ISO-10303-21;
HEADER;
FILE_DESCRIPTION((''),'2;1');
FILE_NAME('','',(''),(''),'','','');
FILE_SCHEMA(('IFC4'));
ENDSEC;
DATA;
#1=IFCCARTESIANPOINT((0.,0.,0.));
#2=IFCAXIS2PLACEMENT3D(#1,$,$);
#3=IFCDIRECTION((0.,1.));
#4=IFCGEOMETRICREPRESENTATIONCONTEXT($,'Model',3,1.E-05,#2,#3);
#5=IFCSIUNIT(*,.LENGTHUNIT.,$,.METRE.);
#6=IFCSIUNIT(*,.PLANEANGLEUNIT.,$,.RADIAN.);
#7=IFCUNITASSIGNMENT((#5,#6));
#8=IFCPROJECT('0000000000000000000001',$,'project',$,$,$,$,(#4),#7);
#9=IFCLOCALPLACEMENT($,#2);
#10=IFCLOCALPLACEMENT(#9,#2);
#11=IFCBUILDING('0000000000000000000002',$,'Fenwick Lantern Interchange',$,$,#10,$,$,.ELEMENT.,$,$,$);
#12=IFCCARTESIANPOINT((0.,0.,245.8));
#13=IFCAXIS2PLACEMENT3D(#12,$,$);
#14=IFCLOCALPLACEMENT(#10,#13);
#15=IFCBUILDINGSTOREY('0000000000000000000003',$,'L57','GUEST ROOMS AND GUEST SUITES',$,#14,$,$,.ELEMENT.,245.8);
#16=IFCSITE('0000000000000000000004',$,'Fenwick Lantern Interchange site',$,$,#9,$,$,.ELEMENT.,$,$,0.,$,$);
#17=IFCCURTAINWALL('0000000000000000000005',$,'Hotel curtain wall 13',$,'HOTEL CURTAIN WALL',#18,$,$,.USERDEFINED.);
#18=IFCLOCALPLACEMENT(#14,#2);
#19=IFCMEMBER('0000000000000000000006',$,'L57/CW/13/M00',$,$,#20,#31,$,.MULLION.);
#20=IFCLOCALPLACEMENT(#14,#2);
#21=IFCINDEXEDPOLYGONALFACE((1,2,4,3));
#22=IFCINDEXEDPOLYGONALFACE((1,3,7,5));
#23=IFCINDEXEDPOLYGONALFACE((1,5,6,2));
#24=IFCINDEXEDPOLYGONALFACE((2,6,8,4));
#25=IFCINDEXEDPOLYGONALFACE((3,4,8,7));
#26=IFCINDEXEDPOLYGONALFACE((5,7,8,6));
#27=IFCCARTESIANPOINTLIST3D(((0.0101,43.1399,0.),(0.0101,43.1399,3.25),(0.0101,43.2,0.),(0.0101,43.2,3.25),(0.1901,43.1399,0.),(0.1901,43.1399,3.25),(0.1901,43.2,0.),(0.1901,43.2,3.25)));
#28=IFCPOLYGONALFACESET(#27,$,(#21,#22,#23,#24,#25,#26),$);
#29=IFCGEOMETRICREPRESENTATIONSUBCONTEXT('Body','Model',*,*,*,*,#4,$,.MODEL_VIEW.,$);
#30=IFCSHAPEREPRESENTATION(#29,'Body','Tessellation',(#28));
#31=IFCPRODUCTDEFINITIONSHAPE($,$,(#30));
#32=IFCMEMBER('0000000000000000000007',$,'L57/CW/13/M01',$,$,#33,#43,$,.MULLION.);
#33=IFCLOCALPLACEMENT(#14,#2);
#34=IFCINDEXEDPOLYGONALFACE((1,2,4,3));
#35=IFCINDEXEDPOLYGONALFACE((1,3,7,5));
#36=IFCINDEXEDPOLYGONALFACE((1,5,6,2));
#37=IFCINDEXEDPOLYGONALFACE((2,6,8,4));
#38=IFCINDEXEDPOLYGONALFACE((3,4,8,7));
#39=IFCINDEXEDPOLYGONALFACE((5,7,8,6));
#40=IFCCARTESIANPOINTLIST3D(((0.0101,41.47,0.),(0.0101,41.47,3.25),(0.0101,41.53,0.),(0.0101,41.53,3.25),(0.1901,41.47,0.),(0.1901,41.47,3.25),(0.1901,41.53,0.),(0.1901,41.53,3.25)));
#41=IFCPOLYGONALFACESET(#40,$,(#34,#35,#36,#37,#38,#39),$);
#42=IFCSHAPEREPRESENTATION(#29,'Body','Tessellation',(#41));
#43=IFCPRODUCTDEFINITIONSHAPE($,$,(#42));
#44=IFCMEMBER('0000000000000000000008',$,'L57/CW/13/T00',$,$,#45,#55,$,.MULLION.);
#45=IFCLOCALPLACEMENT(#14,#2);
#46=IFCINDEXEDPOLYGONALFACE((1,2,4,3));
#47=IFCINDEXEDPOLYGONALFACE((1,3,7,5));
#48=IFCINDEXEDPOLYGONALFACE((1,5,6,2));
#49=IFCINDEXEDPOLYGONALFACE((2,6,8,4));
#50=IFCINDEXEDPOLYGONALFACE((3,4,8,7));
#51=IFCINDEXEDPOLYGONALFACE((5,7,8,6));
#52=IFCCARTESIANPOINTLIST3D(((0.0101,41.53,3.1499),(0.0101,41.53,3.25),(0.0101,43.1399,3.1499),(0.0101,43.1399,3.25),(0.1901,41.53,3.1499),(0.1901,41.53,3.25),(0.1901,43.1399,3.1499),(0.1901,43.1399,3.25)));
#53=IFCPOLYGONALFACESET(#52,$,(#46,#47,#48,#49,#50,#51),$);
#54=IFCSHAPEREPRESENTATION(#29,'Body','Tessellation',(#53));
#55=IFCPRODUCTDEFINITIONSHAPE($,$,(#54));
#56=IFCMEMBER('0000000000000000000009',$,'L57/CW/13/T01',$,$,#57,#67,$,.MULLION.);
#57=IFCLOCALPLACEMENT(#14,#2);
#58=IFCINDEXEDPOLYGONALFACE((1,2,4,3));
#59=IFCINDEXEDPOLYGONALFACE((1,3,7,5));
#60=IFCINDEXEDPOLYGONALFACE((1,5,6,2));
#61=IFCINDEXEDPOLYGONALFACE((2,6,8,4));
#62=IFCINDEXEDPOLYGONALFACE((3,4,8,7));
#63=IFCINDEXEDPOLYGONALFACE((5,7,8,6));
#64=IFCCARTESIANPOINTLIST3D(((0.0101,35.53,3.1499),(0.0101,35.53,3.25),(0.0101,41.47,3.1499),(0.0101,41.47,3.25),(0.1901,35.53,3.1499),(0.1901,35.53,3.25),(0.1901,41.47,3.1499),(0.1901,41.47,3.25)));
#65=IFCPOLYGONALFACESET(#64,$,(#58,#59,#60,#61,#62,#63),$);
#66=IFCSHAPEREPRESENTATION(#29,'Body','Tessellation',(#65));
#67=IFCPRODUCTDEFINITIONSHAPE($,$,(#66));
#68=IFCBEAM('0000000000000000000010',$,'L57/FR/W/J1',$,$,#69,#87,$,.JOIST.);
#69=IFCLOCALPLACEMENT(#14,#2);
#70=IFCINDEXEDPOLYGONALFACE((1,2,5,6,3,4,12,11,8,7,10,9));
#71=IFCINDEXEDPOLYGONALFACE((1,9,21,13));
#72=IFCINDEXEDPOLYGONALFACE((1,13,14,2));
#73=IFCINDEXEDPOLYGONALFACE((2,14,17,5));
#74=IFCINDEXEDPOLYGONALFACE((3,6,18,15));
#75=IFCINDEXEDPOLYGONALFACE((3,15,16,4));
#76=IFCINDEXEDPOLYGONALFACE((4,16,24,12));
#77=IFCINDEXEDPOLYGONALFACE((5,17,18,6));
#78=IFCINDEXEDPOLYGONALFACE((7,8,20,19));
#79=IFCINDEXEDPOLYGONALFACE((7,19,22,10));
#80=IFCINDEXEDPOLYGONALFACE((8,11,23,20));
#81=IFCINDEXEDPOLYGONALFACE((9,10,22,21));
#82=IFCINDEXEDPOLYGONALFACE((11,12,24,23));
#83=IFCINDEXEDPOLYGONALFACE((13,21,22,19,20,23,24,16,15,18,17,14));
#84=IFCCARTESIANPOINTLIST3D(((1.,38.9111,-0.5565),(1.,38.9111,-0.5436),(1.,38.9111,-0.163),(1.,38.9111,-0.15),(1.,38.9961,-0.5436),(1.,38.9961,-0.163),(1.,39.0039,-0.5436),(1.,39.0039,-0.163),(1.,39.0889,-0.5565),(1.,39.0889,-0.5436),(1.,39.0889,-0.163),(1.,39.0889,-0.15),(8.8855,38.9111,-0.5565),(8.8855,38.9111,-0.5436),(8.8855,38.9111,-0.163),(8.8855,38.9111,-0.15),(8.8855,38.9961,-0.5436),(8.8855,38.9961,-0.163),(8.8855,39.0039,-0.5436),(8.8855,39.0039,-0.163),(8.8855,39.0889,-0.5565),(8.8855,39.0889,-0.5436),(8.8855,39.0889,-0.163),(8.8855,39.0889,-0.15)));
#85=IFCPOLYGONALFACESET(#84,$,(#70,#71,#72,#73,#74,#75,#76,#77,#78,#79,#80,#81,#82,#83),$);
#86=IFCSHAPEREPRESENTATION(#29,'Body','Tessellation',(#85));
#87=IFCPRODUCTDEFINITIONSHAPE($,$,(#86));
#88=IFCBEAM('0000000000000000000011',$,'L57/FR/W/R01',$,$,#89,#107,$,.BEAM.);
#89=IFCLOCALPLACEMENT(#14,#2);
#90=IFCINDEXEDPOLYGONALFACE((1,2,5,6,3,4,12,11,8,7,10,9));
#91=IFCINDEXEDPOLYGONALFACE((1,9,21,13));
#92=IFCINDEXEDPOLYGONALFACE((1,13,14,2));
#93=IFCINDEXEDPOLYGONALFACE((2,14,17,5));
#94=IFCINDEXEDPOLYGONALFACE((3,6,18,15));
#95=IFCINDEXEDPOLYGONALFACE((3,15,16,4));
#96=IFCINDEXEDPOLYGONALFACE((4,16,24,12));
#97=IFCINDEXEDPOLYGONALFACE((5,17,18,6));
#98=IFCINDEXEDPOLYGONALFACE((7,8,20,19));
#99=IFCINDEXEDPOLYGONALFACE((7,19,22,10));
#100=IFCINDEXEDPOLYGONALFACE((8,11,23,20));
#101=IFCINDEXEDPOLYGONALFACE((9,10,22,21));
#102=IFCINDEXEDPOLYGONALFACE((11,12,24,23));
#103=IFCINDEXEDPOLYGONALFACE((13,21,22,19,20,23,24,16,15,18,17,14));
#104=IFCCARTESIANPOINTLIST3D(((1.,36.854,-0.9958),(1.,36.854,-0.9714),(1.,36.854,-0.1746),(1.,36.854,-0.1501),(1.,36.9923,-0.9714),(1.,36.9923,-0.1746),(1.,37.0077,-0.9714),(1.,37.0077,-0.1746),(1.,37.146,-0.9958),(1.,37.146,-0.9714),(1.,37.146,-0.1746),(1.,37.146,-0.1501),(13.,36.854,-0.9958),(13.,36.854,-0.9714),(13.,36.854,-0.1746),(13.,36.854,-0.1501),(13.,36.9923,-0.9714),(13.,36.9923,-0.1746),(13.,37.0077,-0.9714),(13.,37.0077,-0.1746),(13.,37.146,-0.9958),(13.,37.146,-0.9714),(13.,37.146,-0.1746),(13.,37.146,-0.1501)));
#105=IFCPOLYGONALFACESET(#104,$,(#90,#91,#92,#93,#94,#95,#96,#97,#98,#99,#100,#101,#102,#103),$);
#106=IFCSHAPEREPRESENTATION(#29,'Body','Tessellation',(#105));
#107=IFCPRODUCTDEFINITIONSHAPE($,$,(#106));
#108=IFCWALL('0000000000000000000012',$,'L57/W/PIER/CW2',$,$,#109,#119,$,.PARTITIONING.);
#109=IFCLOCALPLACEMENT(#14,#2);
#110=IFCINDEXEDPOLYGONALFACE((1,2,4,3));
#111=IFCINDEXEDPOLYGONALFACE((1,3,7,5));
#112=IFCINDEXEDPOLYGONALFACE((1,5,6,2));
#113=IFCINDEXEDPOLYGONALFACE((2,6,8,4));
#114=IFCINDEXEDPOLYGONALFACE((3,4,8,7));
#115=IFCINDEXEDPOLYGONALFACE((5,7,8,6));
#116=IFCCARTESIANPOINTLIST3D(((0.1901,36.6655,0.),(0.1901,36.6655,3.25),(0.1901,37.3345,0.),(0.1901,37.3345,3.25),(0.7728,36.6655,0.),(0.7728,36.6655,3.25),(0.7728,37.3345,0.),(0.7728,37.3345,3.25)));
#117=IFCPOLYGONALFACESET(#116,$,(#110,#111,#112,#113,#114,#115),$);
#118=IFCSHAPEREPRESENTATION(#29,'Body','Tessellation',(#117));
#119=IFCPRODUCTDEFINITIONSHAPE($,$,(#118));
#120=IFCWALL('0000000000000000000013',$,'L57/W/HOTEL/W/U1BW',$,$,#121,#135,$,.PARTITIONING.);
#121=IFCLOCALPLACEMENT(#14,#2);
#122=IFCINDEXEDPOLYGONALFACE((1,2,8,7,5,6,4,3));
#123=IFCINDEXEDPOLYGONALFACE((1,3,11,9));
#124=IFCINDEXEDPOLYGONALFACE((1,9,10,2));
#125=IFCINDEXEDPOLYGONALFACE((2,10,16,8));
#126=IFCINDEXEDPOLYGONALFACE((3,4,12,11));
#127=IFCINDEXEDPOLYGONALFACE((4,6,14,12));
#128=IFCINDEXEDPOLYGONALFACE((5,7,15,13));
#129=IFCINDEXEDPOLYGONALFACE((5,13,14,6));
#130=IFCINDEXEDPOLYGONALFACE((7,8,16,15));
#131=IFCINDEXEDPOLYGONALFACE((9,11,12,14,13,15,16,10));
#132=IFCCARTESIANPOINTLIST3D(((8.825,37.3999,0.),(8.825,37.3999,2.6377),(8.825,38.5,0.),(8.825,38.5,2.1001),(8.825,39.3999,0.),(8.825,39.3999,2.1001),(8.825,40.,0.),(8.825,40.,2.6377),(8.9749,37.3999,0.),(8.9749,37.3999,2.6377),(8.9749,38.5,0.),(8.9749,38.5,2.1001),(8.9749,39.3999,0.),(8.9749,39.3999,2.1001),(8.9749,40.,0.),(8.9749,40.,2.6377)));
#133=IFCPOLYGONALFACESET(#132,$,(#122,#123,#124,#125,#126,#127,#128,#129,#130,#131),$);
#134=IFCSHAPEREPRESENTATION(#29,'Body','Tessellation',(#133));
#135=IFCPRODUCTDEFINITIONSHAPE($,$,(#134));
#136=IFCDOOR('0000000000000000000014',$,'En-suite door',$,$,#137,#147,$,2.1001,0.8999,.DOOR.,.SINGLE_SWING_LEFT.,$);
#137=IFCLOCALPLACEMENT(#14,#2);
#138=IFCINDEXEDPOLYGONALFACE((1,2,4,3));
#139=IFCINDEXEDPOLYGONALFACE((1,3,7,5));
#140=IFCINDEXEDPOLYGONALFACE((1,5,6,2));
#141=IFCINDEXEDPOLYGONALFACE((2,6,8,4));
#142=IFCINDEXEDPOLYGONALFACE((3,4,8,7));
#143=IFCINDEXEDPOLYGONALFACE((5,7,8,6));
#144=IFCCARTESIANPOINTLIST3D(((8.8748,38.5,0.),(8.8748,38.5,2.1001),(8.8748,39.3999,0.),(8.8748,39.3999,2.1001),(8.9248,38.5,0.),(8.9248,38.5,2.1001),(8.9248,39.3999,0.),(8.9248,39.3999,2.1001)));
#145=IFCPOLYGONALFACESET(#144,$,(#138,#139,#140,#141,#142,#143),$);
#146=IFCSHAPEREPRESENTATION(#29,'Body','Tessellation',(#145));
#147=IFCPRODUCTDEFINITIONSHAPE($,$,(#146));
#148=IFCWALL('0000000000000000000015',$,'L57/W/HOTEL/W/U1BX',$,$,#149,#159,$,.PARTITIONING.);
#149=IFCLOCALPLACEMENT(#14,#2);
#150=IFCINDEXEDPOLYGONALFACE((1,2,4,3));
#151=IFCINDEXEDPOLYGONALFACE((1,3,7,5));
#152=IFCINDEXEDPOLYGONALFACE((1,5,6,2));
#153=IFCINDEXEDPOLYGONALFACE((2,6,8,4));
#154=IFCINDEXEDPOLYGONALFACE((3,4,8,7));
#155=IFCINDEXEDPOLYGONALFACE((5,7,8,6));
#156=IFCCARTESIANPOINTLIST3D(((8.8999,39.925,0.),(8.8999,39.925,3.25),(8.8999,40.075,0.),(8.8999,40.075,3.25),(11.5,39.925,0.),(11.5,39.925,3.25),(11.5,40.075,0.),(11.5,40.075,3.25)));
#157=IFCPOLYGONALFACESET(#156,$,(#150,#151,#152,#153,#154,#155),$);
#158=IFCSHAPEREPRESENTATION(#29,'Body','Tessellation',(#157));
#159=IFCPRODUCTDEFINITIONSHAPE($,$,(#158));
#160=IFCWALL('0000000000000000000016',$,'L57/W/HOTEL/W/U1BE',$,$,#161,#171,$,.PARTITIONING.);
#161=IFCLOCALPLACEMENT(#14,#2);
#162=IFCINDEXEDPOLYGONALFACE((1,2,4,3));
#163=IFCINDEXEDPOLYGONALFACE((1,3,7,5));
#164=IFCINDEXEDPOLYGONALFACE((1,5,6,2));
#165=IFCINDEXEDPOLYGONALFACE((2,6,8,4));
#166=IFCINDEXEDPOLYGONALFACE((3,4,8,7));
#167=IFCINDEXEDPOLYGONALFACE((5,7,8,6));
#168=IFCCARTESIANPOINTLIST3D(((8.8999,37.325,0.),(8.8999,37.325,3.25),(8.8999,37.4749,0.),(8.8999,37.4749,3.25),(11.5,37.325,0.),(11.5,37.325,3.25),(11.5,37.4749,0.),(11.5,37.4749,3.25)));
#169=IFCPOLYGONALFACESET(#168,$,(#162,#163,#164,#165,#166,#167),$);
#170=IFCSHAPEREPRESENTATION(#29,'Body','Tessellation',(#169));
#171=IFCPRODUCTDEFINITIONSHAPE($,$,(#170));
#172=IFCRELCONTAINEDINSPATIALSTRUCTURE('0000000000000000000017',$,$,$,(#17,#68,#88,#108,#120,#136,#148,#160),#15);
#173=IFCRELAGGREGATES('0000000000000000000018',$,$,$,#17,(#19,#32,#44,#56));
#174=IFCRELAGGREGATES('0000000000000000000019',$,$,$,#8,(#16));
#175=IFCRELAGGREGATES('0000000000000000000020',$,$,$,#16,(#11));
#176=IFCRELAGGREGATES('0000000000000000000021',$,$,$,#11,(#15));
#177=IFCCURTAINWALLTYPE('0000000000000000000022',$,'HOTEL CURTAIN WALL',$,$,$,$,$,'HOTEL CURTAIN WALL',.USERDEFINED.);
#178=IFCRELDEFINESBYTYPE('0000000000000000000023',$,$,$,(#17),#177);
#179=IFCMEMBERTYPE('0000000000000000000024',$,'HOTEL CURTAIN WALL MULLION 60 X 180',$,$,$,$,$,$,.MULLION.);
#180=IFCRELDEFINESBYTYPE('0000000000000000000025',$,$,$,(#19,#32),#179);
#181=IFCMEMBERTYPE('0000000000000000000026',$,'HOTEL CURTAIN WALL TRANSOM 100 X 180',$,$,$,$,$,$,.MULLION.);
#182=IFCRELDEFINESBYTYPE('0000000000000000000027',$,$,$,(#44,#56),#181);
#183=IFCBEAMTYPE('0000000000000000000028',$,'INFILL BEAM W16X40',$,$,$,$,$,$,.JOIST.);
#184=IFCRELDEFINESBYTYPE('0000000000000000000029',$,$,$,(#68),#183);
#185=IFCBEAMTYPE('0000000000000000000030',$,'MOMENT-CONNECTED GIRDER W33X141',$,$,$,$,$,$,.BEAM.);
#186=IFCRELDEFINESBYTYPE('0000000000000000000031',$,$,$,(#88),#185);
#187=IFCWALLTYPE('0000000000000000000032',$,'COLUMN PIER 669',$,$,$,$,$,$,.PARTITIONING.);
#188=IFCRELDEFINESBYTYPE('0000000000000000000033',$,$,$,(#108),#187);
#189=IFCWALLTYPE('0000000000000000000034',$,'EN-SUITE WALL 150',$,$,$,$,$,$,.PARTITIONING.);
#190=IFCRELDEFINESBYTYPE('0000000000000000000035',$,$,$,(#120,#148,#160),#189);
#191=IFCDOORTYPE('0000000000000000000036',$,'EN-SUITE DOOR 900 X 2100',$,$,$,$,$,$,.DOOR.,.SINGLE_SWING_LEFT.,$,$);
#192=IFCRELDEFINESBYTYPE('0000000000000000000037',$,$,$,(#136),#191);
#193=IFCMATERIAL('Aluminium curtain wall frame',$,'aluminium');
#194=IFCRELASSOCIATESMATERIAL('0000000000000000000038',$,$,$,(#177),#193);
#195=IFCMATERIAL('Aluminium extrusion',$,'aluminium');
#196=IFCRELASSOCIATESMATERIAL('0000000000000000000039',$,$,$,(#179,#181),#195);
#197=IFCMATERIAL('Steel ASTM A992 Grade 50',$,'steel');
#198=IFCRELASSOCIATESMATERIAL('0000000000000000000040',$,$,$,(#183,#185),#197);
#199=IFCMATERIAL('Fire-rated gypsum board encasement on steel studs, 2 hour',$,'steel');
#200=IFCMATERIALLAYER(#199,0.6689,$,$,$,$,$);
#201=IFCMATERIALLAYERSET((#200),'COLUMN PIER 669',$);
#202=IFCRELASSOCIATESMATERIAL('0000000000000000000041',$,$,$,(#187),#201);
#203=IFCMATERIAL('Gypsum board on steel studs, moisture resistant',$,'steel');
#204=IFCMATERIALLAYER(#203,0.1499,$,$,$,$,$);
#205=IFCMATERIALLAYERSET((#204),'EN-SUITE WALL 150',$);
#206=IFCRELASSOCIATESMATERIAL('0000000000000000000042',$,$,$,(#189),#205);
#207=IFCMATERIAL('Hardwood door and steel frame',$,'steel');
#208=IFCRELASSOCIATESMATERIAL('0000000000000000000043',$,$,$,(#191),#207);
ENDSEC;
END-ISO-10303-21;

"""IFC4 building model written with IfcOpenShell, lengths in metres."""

from ifc_helpers import new_model, si_unit, direction, frame, frame_2d, origin, origin_2d, place, context, subcontext, project, spatial, rectangle, i_section, extrude, material, layer, layer_set, material_profile, profile_set, type_object, element, fill, aggregate, save


model = new_model("IFC4")

# Units and contexts
model_context = context("Model", 3, precision=1e-05, world=origin(), true_north=direction((0.0, 1.0)))
body_context = subcontext(model_context, "Body", "Model", "MODEL_VIEW")
ifc_project = project(units=[si_unit("LENGTHUNIT", "METRE"), si_unit("PLANEANGLEUNIT", "RADIAN")], contexts=[model_context])

# Site, building, storey
site_placement = place(None, origin())
site = spatial("IfcSite", under=ifc_project, at=site_placement, Name="Fenwick Lantern Interchange site", CompositionType="ELEMENT", RefElevation=0.0)
building_placement = place(site_placement, origin())
building = spatial("IfcBuilding", under=site, at=building_placement, Name="Fenwick Lantern Interchange", CompositionType="ELEMENT")
storey_placement = place(building_placement, frame((0.0, 0.0, 245.8)))
storey = spatial("IfcBuildingStorey", under=building, at=storey_placement, Name="L57", Description="GUEST ROOMS AND GUEST SUITES", CompositionType="ELEMENT", Elevation=245.8)

# Shared definitions
ifc_material_1 = material(Name="Steel ASTM A992 Grade 50", Category="steel")

# Curtain wall, members
ifc_material_2 = material(Name="Aluminium curtain wall frame", Category="aluminium")
curtain_wall_type = type_object("IfcCurtainWallType", Name="HOTEL CURTAIN WALL", ElementType="HOTEL CURTAIN WALL", PredefinedType="USERDEFINED", material=ifc_material_2)
curtain_wall_placement = place(storey_placement, origin())
curtain_wall = element("IfcCurtainWall", 1, at=curtain_wall_placement, inside=storey, type_object=curtain_wall_type, Name="Hotel curtain wall 13", ObjectType="HOTEL CURTAIN WALL", PredefinedType="USERDEFINED")
ifc_material_3 = material(Name="Aluminium extrusion", Category="aluminium")
ifc_material_profile_1 = material_profile(ifc_material_3, rectangle(XDim=0.1799, YDim=0.0601, at=origin_2d()), Name="HOTEL CURTAIN WALL MULLION 60 X 180")
ifc_profile_set_1 = profile_set([ifc_material_profile_1], Name="Aluminium extrusion")
member_type_1 = type_object("IfcMemberType", Name="HOTEL CURTAIN WALL MULLION 60 X 180", PredefinedType="MULLION", material=ifc_profile_set_1)
member_1_placement = place(storey_placement, frame((0.1001, 43.1699, 0.0), z_axis=(0.0, 0.0, 1.0), x_axis=(1.0, 0.0, 0.0)))
member_1 = element("IfcMember", 2, at=member_1_placement, type_object=member_type_1, Name="L57/CW/13/M00", PredefinedType="MULLION", context=body_context, shape_type="SweptSolid", body=[
    extrude(rectangle(XDim=0.1799, YDim=0.0601, at=origin_2d()), origin(), (0.0, 0.0, 1.0), 3.25),
])
member_2_placement = place(storey_placement, frame((0.1001, 41.5, 0.0), z_axis=(0.0, 0.0, 1.0), x_axis=(1.0, 0.0, 0.0)))
member_2 = element("IfcMember", 3, at=member_2_placement, type_object=member_type_1, Name="L57/CW/13/M01", PredefinedType="MULLION", context=body_context, shape_type="SweptSolid", body=[
    extrude(rectangle(XDim=0.1799, YDim=0.0601, at=origin_2d()), origin(), (0.0, 0.0, 1.0), 3.25),
])
ifc_material_profile_2 = material_profile(ifc_material_3, rectangle(XDim=0.1799, YDim=0.1001, at=origin_2d()), Name="HOTEL CURTAIN WALL TRANSOM 100 X 180")
ifc_profile_set_2 = profile_set([ifc_material_profile_2], Name="Aluminium extrusion")
member_type_2 = type_object("IfcMemberType", Name="HOTEL CURTAIN WALL TRANSOM 100 X 180", PredefinedType="MULLION", material=ifc_profile_set_2)
member_3_placement = place(storey_placement, frame((0.1001, 43.1399, 3.2), z_axis=(0.0, -1.0, 0.0), x_axis=(1.0, 0.0, 0.0)))
member_3 = element("IfcMember", 4, at=member_3_placement, type_object=member_type_2, Name="L57/CW/13/T00", PredefinedType="MULLION", context=body_context, shape_type="SweptSolid", body=[
    extrude(rectangle(XDim=0.1799, YDim=0.1001, at=origin_2d()), origin(), (0.0, 0.0, 1.0), 1.6099),
])
member_4_placement = place(storey_placement, frame((0.1001, 41.47, 3.2), z_axis=(0.0, -1.0, 0.0), x_axis=(1.0, 0.0, 0.0)))
member_4 = element("IfcMember", 5, at=member_4_placement, type_object=member_type_2, Name="L57/CW/13/T01", PredefinedType="MULLION", context=body_context, shape_type="SweptSolid", body=[
    extrude(rectangle(XDim=0.1799, YDim=0.1001, at=origin_2d()), origin(), (0.0, 0.0, 1.0), 5.9399),
])
aggregate(curtain_wall, [member_1, member_2, member_3, member_4])

# Beams
ifc_material_profile_3 = material_profile(ifc_material_1, i_section(OverallWidth=0.1777, OverallDepth=0.4065, WebThickness=0.0078, FlangeThickness=0.0129, at=origin_2d()), Name="W16X40")
ifc_profile_set_3 = profile_set([ifc_material_profile_3], Name="Steel ASTM A992 Grade 50")
beam_type_1 = type_object("IfcBeamType", Name="INFILL BEAM W16X40", PredefinedType="JOIST", material=ifc_profile_set_3)
beam_1_placement = place(storey_placement, frame((1.0, 39.0, -0.3533), z_axis=(1.0, 0.0, 0.0), x_axis=(0.0, 1.0, 0.0)))
element("IfcBeam", 6, at=beam_1_placement, inside=storey, type_object=beam_type_1, Name="L57/FR/W/J1", PredefinedType="JOIST", context=body_context, shape_type="SweptSolid", body=[
    extrude(i_section(OverallWidth=0.1777, OverallDepth=0.4065, WebThickness=0.0078, FlangeThickness=0.0129, at=origin_2d()), origin(), (0.0, 0.0, 1.0), 7.8855),
])
ifc_material_profile_4 = material_profile(ifc_material_1, i_section(OverallWidth=0.292, OverallDepth=0.8457, WebThickness=0.0154, FlangeThickness=0.0244, at=origin_2d()), Name="W33X141")
ifc_profile_set_4 = profile_set([ifc_material_profile_4], Name="Steel ASTM A992 Grade 50")
beam_type_2 = type_object("IfcBeamType", Name="MOMENT-CONNECTED GIRDER W33X141", PredefinedType="BEAM", material=ifc_profile_set_4)
beam_2_placement = place(storey_placement, frame((1.0, 37.0, -0.573), z_axis=(1.0, 0.0, 0.0), x_axis=(0.0, 1.0, 0.0)))
element("IfcBeam", 7, at=beam_2_placement, inside=storey, type_object=beam_type_2, Name="L57/FR/W/R01", PredefinedType="BEAM", context=body_context, shape_type="SweptSolid", body=[
    extrude(i_section(OverallWidth=0.292, OverallDepth=0.8457, WebThickness=0.0154, FlangeThickness=0.0244, at=origin_2d()), origin(), (0.0, 0.0, 1.0), 12.0),
])

# Wall
ifc_material_4 = material(Name="Fire-rated gypsum board encasement on steel studs, 2 hour", Category="steel")
ifc_layer_1 = layer(ifc_material_4, 0.6689)
ifc_layer_set_1 = layer_set([ifc_layer_1], Name="COLUMN PIER 669")
wall_type_1 = type_object("IfcWallType", Name="COLUMN PIER 669", PredefinedType="PARTITIONING", material=ifc_layer_set_1)
wall_1_placement = place(storey_placement, frame((0.1899, 37.0, 0.0), z_axis=(0.0, 0.0, 1.0), x_axis=(1.0, 0.0, 0.0)))
element("IfcWall", 8, at=wall_1_placement, inside=storey, type_object=wall_type_1, Name="L57/W/PIER/CW2", PredefinedType="PARTITIONING", context=body_context, shape_type="SweptSolid", body=[
    extrude(rectangle(XDim=0.5828, YDim=0.6689, at=frame_2d((0.2915, 0.0))), origin(), (0.0, 0.0, 1.0), 3.25),
])

# Wall, opening, door
ifc_material_5 = material(Name="Gypsum board on steel studs, moisture resistant", Category="steel")
ifc_layer_2 = layer(ifc_material_5, 0.1499)
ifc_layer_set_2 = layer_set([ifc_layer_2], Name="EN-SUITE WALL 150")
wall_type_2 = type_object("IfcWallType", Name="EN-SUITE WALL 150", PredefinedType="PARTITIONING", material=ifc_layer_set_2)
wall_2_placement = place(storey_placement, frame((8.8999, 40.0, 0.0), z_axis=(0.0, 0.0, 1.0), x_axis=(0.0, -1.0, 0.0)))
wall_2 = element("IfcWall", 9, at=wall_2_placement, inside=storey, type_object=wall_type_2, Name="L57/W/HOTEL/W/U1BW", PredefinedType="PARTITIONING", context=body_context, shape_type="SweptSolid", body=[
    extrude(rectangle(XDim=2.6001, YDim=0.1499, at=frame_2d((1.3, 0.0))), origin(), (0.0, 0.0, 1.0), 2.6377),
])
opening_placement = place(wall_2_placement, frame((0.6001, 0.0, 0.0)))
opening = element("IfcOpeningElement", 10, at=opening_placement, cuts=wall_2, PredefinedType="OPENING", context=body_context, shape_type="SweptSolid", body=[
    extrude(rectangle(XDim=0.8999, YDim=2.1001, at=frame_2d((0.45, 1.05))), frame((0.0, 0.085, 0.0), z_axis=(0.0, -1.0, 0.0), x_axis=(1.0, 0.0, 0.0)), (0.0, 0.0, 1.0), 0.1699),
])
ifc_material_6 = material(Name="Hardwood door and steel frame", Category="steel")
door_type = type_object("IfcDoorType", Name="EN-SUITE DOOR 900 X 2100", OperationType="SINGLE_SWING_LEFT", PredefinedType="DOOR", material=ifc_material_6)
door_placement = place(opening_placement, origin())
door = element("IfcDoor", 11, at=door_placement, inside=storey, type_object=door_type, Name="En-suite door", OperationType="SINGLE_SWING_LEFT", OverallHeight=2.1001, OverallWidth=0.8999, PredefinedType="DOOR", context=body_context, shape_type="SweptSolid", body=[
    extrude(rectangle(XDim=0.8999, YDim=2.1001, at=frame_2d((0.45, 1.05))), frame((0.0, 0.0249, 0.0), z_axis=(0.0, -1.0, 0.0), x_axis=(1.0, 0.0, 0.0)), (0.0, 0.0, 1.0), 0.05),
])
fill(opening, door)

# Walls
for number, where, z_axis, x_axis, name in (
    (12, (8.8999, 40.0, 0.0), (0.0, 0.0, 1.0), (1.0, 0.0, 0.0), "L57/W/HOTEL/W/U1BX"),
    (13, (8.8999, 37.3999, 0.0), (0.0, 0.0, 1.0), (1.0, 0.0, 0.0), "L57/W/HOTEL/W/U1BE"),
):
    element("IfcWall", number, at=place(storey_placement, frame(where, z_axis=z_axis, x_axis=x_axis)), inside=storey, type_object=wall_type_2, Name=name, PredefinedType="PARTITIONING", context=body_context, shape_type="SweptSolid", body=[
        extrude(rectangle(XDim=2.6001, YDim=0.1499, at=frame_2d((1.3, 0.0))), origin(), (0.0, 0.0, 1.0), 3.25),
    ])

save(model, "model.ifc")
